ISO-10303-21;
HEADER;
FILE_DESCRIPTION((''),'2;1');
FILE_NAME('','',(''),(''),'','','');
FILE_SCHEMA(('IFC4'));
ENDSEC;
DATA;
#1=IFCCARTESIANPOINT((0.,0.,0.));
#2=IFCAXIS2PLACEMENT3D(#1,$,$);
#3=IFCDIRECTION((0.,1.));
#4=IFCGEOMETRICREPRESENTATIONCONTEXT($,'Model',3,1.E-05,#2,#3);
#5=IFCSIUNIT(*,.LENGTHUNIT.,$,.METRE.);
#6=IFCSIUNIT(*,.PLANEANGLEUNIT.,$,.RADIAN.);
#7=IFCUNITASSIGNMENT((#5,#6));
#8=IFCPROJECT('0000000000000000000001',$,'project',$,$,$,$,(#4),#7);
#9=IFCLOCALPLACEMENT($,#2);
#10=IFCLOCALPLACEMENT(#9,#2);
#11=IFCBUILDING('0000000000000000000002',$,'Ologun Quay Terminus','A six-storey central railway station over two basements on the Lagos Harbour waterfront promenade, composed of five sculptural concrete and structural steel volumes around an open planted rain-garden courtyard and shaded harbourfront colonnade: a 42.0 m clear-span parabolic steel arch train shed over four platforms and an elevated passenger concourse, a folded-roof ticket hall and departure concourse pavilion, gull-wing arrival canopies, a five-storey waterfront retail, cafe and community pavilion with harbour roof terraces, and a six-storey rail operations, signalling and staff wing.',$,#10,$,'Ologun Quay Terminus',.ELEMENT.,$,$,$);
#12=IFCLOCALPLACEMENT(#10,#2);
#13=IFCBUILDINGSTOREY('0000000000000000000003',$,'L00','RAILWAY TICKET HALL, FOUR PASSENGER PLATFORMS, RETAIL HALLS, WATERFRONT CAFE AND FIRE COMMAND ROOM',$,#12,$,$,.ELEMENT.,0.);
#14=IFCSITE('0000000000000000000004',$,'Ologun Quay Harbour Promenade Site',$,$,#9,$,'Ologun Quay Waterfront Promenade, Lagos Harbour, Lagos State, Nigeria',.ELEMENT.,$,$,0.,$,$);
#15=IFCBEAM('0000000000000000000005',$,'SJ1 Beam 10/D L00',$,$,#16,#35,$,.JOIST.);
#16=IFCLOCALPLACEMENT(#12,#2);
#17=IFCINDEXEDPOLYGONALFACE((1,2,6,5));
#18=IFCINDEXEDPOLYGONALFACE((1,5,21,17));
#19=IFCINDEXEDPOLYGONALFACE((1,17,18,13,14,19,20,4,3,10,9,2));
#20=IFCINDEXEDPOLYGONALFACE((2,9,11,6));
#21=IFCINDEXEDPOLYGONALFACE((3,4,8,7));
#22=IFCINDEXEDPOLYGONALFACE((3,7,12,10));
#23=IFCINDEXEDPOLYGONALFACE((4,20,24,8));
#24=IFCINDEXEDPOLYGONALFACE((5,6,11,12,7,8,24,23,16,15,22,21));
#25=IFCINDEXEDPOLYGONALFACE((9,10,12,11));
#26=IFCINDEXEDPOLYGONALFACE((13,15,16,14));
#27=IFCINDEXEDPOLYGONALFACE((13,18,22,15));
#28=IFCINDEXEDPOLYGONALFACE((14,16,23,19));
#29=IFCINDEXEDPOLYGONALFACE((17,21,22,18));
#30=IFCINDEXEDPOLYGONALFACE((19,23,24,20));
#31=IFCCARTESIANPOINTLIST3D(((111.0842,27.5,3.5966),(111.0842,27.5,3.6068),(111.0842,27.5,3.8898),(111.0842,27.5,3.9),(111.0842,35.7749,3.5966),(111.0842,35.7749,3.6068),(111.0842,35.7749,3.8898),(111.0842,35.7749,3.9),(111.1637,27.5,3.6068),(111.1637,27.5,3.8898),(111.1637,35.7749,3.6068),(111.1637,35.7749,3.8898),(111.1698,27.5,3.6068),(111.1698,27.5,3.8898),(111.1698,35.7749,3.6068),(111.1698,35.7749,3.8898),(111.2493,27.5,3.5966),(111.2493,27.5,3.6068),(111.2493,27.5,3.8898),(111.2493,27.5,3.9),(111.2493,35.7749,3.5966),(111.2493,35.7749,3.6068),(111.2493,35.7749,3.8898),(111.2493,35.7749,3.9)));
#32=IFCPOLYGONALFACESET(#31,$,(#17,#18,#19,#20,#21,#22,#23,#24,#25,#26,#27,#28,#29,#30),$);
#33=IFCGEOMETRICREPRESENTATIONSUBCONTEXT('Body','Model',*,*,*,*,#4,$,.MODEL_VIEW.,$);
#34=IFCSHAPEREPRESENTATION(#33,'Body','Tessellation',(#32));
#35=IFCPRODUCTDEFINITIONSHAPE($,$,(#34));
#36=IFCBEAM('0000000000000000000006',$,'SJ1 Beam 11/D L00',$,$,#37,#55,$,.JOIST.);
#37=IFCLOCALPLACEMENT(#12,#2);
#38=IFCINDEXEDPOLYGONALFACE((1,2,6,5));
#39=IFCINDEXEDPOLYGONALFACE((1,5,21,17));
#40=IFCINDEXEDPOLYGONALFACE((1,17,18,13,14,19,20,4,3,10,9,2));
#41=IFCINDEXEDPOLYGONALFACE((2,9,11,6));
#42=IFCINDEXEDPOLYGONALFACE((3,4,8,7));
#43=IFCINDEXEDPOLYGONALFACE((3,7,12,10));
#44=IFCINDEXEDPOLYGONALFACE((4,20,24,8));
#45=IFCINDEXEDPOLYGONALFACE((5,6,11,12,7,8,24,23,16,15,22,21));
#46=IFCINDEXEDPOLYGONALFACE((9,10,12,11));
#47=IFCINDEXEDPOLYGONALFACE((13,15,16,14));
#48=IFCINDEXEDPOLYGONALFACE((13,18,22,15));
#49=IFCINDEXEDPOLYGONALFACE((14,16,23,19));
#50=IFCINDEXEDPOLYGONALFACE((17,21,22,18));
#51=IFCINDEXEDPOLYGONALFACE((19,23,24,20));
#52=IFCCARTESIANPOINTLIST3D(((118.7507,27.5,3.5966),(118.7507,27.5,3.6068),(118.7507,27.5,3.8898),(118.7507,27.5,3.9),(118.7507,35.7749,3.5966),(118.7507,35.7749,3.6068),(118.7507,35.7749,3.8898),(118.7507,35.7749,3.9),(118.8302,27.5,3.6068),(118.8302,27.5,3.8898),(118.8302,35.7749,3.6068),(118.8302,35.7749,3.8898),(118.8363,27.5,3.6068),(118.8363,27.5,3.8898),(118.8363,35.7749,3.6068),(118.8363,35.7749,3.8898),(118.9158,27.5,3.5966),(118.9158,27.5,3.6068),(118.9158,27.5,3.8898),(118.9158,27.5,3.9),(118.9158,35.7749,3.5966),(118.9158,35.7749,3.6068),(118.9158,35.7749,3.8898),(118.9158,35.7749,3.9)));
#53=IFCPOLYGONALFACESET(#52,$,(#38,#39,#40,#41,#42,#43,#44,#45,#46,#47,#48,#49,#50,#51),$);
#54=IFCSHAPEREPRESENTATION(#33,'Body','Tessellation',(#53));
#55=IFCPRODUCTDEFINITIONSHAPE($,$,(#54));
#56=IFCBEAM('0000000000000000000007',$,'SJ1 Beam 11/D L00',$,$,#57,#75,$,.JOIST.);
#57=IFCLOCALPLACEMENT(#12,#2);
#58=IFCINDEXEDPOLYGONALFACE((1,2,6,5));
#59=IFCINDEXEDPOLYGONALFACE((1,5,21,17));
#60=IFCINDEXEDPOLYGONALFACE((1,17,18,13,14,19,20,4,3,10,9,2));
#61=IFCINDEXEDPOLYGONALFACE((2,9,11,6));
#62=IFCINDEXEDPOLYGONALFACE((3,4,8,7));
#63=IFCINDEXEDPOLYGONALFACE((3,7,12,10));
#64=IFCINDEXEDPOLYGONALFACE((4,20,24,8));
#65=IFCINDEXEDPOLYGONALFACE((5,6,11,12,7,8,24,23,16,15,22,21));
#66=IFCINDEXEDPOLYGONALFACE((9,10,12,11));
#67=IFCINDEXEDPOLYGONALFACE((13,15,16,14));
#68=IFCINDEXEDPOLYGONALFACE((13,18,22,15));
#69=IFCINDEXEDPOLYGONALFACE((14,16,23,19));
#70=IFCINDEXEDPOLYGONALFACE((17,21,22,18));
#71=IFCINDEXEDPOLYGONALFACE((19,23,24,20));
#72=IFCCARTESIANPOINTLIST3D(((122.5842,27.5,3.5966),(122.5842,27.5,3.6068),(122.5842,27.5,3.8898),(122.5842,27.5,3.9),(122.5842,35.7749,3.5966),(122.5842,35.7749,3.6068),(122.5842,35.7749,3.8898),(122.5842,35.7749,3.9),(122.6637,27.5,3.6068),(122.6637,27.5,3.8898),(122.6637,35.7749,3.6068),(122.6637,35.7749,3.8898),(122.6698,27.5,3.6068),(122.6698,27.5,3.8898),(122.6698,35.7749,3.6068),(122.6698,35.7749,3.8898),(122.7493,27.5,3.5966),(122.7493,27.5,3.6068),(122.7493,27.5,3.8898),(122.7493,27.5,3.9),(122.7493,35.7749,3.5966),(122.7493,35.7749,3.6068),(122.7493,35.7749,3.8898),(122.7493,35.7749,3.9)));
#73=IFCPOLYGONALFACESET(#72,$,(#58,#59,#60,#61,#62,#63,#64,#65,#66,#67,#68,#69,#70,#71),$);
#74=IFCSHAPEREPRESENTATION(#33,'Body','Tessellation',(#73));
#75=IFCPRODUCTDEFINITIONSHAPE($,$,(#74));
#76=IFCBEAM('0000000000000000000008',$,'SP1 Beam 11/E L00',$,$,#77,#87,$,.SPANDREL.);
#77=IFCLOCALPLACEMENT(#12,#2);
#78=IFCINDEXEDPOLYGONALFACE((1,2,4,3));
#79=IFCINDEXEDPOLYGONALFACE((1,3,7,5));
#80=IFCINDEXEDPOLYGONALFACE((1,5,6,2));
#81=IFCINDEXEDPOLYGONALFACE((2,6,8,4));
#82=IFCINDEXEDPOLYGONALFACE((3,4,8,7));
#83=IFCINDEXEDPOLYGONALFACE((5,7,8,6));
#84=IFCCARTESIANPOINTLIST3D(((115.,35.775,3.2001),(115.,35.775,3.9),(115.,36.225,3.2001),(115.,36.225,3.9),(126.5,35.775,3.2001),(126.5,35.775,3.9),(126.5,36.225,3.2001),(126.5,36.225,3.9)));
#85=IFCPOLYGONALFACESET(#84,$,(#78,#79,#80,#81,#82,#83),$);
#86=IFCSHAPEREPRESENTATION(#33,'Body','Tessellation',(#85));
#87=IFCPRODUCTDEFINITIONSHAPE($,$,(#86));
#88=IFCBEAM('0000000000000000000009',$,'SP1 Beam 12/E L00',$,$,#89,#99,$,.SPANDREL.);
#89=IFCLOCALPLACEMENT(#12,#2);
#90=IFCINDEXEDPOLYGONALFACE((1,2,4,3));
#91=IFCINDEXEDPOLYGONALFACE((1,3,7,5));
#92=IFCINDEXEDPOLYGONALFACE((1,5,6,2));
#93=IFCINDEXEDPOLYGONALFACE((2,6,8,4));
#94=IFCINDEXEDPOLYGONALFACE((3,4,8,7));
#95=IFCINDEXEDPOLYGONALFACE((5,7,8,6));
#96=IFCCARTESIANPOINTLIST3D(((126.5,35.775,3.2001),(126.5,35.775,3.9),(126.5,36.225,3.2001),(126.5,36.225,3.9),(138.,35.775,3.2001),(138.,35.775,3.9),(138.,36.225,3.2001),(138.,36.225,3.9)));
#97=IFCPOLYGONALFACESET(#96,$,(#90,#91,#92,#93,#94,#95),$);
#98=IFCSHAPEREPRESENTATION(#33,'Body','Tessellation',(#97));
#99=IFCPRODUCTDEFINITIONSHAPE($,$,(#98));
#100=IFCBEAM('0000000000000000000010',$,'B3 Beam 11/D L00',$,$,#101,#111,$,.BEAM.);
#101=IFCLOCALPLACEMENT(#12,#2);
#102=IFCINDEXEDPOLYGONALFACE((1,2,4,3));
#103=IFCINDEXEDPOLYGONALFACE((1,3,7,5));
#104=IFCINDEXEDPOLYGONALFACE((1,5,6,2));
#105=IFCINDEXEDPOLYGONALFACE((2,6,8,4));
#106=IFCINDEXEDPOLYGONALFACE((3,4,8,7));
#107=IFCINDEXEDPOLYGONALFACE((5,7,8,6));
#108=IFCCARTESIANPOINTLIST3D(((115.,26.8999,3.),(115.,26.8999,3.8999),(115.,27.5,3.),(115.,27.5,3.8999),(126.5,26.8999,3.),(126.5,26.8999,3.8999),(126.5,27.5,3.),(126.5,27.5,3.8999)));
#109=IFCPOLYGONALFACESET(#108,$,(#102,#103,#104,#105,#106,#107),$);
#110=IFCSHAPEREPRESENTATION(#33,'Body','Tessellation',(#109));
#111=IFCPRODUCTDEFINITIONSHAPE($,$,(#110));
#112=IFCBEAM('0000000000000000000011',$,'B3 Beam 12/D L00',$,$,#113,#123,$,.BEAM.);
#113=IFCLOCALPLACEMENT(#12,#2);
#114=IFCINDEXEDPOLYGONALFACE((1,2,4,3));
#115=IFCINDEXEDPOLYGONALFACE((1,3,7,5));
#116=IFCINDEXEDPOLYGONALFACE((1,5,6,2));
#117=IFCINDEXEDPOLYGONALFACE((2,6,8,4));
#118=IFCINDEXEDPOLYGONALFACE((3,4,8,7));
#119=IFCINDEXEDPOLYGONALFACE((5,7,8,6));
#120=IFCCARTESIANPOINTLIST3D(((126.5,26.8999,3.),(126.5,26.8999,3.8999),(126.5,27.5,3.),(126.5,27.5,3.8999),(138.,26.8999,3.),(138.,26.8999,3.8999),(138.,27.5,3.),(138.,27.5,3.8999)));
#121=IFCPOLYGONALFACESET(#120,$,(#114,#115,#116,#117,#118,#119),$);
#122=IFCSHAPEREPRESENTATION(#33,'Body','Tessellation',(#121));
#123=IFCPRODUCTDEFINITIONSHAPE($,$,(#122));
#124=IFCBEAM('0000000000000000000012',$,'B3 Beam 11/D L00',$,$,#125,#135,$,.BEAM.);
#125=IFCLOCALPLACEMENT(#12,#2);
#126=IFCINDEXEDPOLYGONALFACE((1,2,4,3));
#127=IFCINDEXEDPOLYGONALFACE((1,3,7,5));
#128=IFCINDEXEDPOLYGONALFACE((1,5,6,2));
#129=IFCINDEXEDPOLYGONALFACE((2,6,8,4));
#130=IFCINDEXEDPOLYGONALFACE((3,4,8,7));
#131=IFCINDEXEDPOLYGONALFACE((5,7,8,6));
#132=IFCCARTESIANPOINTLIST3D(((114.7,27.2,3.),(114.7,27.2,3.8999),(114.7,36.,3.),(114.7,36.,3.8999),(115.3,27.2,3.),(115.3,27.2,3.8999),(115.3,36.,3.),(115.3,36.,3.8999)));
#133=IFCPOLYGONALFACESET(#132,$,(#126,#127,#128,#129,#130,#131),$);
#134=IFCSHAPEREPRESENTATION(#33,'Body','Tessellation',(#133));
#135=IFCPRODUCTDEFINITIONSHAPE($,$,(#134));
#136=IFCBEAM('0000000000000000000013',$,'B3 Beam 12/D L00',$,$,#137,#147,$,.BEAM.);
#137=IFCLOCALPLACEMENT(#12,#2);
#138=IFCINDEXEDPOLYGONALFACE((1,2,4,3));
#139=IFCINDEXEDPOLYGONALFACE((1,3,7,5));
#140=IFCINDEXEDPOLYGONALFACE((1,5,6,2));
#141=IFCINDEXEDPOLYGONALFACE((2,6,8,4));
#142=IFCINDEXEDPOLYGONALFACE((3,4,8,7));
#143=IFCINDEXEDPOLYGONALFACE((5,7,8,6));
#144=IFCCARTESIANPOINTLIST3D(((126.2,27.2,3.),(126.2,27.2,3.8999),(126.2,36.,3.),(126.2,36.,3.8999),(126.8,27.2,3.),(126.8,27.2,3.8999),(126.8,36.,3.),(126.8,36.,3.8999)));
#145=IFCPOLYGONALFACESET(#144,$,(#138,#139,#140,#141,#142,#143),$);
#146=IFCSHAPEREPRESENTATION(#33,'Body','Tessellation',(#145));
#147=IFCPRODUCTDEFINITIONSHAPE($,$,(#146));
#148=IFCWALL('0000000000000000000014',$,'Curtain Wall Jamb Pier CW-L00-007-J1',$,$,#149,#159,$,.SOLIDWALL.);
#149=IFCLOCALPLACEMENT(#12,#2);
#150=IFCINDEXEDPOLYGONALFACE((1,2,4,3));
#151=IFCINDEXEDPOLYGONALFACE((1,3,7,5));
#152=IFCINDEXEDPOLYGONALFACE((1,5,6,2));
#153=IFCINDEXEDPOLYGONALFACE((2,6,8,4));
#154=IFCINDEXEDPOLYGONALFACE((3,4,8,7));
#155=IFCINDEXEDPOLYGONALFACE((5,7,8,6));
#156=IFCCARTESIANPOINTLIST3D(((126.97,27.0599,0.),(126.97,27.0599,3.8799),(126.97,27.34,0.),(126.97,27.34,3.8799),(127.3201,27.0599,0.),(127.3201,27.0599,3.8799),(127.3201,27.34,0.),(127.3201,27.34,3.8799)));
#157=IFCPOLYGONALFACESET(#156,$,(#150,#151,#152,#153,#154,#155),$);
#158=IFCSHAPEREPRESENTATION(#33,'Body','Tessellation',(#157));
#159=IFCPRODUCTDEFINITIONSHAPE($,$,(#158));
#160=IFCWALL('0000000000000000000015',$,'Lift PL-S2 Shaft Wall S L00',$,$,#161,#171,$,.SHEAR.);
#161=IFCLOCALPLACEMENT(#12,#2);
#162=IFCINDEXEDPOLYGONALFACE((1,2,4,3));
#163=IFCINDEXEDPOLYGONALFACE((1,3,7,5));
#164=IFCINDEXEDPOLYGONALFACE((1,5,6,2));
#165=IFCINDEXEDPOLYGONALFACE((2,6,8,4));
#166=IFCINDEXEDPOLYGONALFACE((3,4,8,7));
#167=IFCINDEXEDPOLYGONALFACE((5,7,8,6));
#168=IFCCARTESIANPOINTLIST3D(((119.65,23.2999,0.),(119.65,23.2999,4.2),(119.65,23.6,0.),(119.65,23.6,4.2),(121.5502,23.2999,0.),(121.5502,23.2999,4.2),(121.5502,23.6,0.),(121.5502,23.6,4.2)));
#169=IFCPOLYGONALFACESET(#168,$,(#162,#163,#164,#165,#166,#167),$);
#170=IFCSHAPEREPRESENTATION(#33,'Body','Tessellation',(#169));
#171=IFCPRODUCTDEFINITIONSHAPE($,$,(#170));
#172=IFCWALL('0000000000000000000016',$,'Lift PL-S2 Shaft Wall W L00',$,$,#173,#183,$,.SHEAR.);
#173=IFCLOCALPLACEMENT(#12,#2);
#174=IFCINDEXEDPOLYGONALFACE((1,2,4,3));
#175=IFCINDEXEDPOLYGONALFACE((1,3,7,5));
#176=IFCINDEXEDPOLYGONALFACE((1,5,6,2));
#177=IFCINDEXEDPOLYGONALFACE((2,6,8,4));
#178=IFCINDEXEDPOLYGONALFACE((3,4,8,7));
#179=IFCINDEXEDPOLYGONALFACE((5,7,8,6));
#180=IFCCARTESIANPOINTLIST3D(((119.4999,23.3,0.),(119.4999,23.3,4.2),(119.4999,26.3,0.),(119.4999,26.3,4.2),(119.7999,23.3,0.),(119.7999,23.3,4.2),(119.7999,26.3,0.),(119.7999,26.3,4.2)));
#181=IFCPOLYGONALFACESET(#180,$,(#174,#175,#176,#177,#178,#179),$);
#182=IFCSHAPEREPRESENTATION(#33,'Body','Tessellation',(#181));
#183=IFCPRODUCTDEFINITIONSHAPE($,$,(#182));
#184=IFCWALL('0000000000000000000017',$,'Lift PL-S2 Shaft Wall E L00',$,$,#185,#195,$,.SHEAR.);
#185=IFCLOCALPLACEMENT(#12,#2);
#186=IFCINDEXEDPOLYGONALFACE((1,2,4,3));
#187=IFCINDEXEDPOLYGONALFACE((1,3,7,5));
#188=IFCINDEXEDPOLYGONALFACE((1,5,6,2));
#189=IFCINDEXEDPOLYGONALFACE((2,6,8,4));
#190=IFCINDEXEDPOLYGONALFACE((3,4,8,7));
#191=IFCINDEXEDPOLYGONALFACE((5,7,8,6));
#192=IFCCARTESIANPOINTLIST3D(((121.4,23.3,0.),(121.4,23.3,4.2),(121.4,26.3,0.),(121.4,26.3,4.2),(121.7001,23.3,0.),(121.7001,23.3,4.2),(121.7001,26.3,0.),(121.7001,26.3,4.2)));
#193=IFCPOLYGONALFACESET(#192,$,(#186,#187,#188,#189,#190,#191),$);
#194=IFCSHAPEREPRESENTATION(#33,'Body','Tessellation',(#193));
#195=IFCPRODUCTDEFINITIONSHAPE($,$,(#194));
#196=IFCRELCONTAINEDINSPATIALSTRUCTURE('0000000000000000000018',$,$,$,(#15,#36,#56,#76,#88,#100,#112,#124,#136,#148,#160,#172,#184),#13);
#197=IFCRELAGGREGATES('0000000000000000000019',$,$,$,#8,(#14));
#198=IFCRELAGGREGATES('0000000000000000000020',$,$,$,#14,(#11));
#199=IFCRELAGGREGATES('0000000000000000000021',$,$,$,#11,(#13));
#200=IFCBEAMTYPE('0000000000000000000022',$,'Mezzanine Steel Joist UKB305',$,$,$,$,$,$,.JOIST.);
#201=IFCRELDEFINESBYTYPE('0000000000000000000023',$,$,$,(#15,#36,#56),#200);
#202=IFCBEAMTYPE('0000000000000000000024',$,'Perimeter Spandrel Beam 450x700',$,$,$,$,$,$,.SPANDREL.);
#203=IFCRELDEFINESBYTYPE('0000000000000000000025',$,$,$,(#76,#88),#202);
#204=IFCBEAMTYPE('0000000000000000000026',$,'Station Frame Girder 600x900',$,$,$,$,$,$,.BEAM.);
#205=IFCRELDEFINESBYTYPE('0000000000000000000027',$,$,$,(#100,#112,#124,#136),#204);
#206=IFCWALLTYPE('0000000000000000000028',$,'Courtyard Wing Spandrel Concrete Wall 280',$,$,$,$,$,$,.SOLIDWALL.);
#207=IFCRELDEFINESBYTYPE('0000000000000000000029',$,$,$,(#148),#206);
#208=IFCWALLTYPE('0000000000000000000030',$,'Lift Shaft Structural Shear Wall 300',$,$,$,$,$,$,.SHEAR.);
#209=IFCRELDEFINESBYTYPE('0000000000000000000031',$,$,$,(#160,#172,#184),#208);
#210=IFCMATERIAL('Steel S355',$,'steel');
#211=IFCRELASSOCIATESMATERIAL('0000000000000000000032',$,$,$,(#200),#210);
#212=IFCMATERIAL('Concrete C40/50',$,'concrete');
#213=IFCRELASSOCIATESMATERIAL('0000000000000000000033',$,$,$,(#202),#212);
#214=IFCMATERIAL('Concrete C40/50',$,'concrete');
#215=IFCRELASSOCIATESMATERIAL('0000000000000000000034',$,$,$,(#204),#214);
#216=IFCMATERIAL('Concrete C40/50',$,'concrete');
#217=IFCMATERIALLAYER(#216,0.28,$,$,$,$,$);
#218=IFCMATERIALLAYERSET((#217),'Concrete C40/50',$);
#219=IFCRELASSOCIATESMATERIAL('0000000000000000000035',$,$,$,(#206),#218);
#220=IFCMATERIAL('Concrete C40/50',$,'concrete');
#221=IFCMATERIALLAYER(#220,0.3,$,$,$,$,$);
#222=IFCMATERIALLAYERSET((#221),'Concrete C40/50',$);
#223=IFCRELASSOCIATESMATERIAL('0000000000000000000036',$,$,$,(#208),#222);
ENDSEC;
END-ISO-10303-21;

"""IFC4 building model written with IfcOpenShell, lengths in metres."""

from ifc_helpers import new_model, si_unit, direction, frame, frame_2d, origin, origin_2d, place, context, subcontext, project, spatial, rectangle, i_section, extrude, material, layer, layer_set, material_profile, profile_set, type_object, element, save


model = new_model("IFC4")

# Units and contexts
model_context = context("Model", 3, precision=1e-05, world=origin(), true_north=direction((0.0, 1.0)))
body_context = subcontext(model_context, "Body", "Model", "MODEL_VIEW")
ifc_project = project(units=[si_unit("LENGTHUNIT", "METRE"), si_unit("PLANEANGLEUNIT", "RADIAN")], contexts=[model_context])

# Site, building, storey
site_placement = place(None, origin())
site = spatial("IfcSite", under=ifc_project, at=site_placement, Name="Ologun Quay Harbour Promenade Site", LongName="Ologun Quay Waterfront Promenade, Lagos Harbour, Lagos State, Nigeria", CompositionType="ELEMENT", RefElevation=0.0)
building_placement = place(site_placement, origin())
building = spatial("IfcBuilding", under=site, at=building_placement, Name="Ologun Quay Terminus", Description="A six-storey central railway station over two basements on the Lagos Harbour waterfront promenade, composed of five sculptural concrete and structural steel volumes around an open planted rain-garden courtyard and shaded harbourfront colonnade: a 42.0 m clear-span parabolic steel arch train shed over four platforms and an elevated passenger concourse, a folded-roof ticket hall and departure concourse pavilion, gull-wing arrival canopies, a five-storey waterfront retail, cafe and community pavilion with harbour roof terraces, and a six-storey rail operations, signalling and staff wing.", LongName="Ologun Quay Terminus", CompositionType="ELEMENT")
storey_placement = place(building_placement, origin())
storey = spatial("IfcBuildingStorey", under=building, at=storey_placement, Name="L00", Description="RAILWAY TICKET HALL, FOUR PASSENGER PLATFORMS, RETAIL HALLS, WATERFRONT CAFE AND FIRE COMMAND ROOM", CompositionType="ELEMENT", Elevation=0.0)

# Beams
ifc_material_1 = material(Name="Steel S355", Category="steel")
ifc_material_profile_1 = material_profile(ifc_material_1, i_section(OverallWidth=0.165, OverallDepth=0.3035, WebThickness=0.0061, FlangeThickness=0.0103, at=origin_2d()), Name="UKB 305x165x40")
ifc_profile_set_1 = profile_set([ifc_material_profile_1], Name="Steel S355")
beam_type_1 = type_object("IfcBeamType", Name="Mezzanine Steel Joist UKB305", PredefinedType="JOIST", material=ifc_profile_set_1)
for number, where, z_axis, x_axis, name in (
    (1, (111.1667, 27.5, 3.7483), (0.0, 1.0, 0.0), (-1.0, 0.0, 0.0), "SJ1 Beam 10/D L00"),
    (2, (118.8333, 27.5, 3.7483), (0.0, 1.0, 0.0), (-1.0, 0.0, 0.0), "SJ1 Beam 11/D L00"),
    (3, (122.6667, 27.5, 3.7483), (0.0, 1.0, 0.0), (-1.0, 0.0, 0.0), "SJ1 Beam 11/D L00"),
):
    element("IfcBeam", number, at=place(storey_placement, frame(where, z_axis=z_axis, x_axis=x_axis)), inside=storey, type_object=beam_type_1, Name=name, PredefinedType="JOIST", context=body_context, shape_type="SweptSolid", body=[
        extrude(i_section(OverallWidth=0.165, OverallDepth=0.3035, WebThickness=0.0061, FlangeThickness=0.0103, at=origin_2d()), origin(), (0.0, 0.0, 1.0), 8.2749),
    ])
ifc_material_2 = material(Name="Concrete C40/50", Category="concrete")
ifc_material_profile_2 = material_profile(ifc_material_2, rectangle(XDim=0.45, YDim=0.7, at=origin_2d()), Name="RC 450x700")
ifc_profile_set_2 = profile_set([ifc_material_profile_2], Name="Concrete C40/50")
beam_type_2 = type_object("IfcBeamType", Name="Perimeter Spandrel Beam 450x700", PredefinedType="SPANDREL", material=ifc_profile_set_2)
for number, where, z_axis, x_axis, name in (
    (4, (115.0, 36.0, 3.55), (1.0, 0.0, 0.0), (0.0, 1.0, 0.0), "SP1 Beam 11/E L00"),
    (5, (126.5, 36.0, 3.55), (1.0, 0.0, 0.0), (0.0, 1.0, 0.0), "SP1 Beam 12/E L00"),
):
    element("IfcBeam", number, at=place(storey_placement, frame(where, z_axis=z_axis, x_axis=x_axis)), inside=storey, type_object=beam_type_2, Name=name, PredefinedType="SPANDREL", context=body_context, shape_type="SweptSolid", body=[
        extrude(rectangle(XDim=0.45, YDim=0.7, at=origin_2d()), origin(), (0.0, 0.0, 1.0), 11.5),
    ])
ifc_material_3 = material(Name="Concrete C40/50", Category="concrete")
ifc_material_profile_3 = material_profile(ifc_material_3, rectangle(XDim=0.6001, YDim=0.8999, at=origin_2d()), Name="RC 600x900")
ifc_profile_set_3 = profile_set([ifc_material_profile_3], Name="Concrete C40/50")
beam_type_3 = type_object("IfcBeamType", Name="Station Frame Girder 600x900", PredefinedType="BEAM", material=ifc_profile_set_3)
for number, where, z_axis, x_axis, name in (
    (6, (115.0, 27.2, 3.45), (1.0, 0.0, 0.0), (0.0, 1.0, 0.0), "B3 Beam 11/D L00"),
    (7, (126.5, 27.2, 3.45), (1.0, 0.0, 0.0), (0.0, 1.0, 0.0), "B3 Beam 12/D L00"),
):
    element("IfcBeam", number, at=place(storey_placement, frame(where, z_axis=z_axis, x_axis=x_axis)), inside=storey, type_object=beam_type_3, Name=name, PredefinedType="BEAM", context=body_context, shape_type="SweptSolid", body=[
        extrude(rectangle(XDim=0.6001, YDim=0.8999, at=origin_2d()), origin(), (0.0, 0.0, 1.0), 11.5),
    ])
for number, where, z_axis, x_axis, name in (
    (8, (115.0, 27.2, 3.45), (0.0, 1.0, 0.0), (-1.0, 0.0, 0.0), "B3 Beam 11/D L00"),
    (9, (126.5, 27.2, 3.45), (0.0, 1.0, 0.0), (-1.0, 0.0, 0.0), "B3 Beam 12/D L00"),
):
    element("IfcBeam", number, at=place(storey_placement, frame(where, z_axis=z_axis, x_axis=x_axis)), inside=storey, type_object=beam_type_3, Name=name, PredefinedType="BEAM", context=body_context, shape_type="SweptSolid", body=[
        extrude(rectangle(XDim=0.6001, YDim=0.8999, at=origin_2d()), origin(), (0.0, 0.0, 1.0), 8.8),
    ])

# Walls
ifc_material_4 = material(Name="Concrete C40/50", Category="concrete")
ifc_layer_1 = layer(ifc_material_4, 0.28)
ifc_layer_set_1 = layer_set([ifc_layer_1], Name="Concrete C40/50")
wall_type_1 = type_object("IfcWallType", Name="Courtyard Wing Spandrel Concrete Wall 280", PredefinedType="SOLIDWALL", material=ifc_layer_set_1)
wall_1_placement = place(storey_placement, frame((126.97, 27.2, 0.0), z_axis=(0.0, 0.0, 1.0), x_axis=(1.0, 0.0, 0.0)))
element("IfcWall", 10, at=wall_1_placement, inside=storey, type_object=wall_type_1, Name="Curtain Wall Jamb Pier CW-L00-007-J1", PredefinedType="SOLIDWALL", context=body_context, shape_type="SweptSolid", body=[
    extrude(rectangle(XDim=0.3501, YDim=0.28, at=frame_2d((0.175, 0.0))), origin(), (0.0, 0.0, 1.0), 3.8799),
])
ifc_material_5 = material(Name="Concrete C40/50", Category="concrete")
ifc_layer_2 = layer(ifc_material_5, 0.3)
ifc_layer_set_2 = layer_set([ifc_layer_2], Name="Concrete C40/50")
wall_type_2 = type_object("IfcWallType", Name="Lift Shaft Structural Shear Wall 300", PredefinedType="SHEAR", material=ifc_layer_set_2)
wall_2_placement = place(storey_placement, frame((119.6499, 23.45, 0.0), z_axis=(0.0, 0.0, 1.0), x_axis=(1.0, 0.0, 0.0)))
element("IfcWall", 11, at=wall_2_placement, inside=storey, type_object=wall_type_2, Name="Lift PL-S2 Shaft Wall S L00", PredefinedType="SHEAR", context=body_context, shape_type="SweptSolid", body=[
    extrude(rectangle(XDim=1.9001, YDim=0.3, at=frame_2d((0.9502, 0.0))), origin(), (0.0, 0.0, 1.0), 4.2),
])

# Walls
for number, where, z_axis, x_axis, name in (
    (12, (119.6499, 23.3, 0.0), (0.0, 0.0, 1.0), (0.0, 1.0, 0.0), "Lift PL-S2 Shaft Wall W L00"),
    (13, (121.55, 23.3, 0.0), (0.0, 0.0, 1.0), (0.0, 1.0, 0.0), "Lift PL-S2 Shaft Wall E L00"),
):
    element("IfcWall", number, at=place(storey_placement, frame(where, z_axis=z_axis, x_axis=x_axis)), inside=storey, type_object=wall_type_2, Name=name, PredefinedType="SHEAR", context=body_context, shape_type="SweptSolid", body=[
        extrude(rectangle(XDim=3.0, YDim=0.3, at=frame_2d((1.5, 0.0))), origin(), (0.0, 0.0, 1.0), 4.2),
    ])

save(model, "model.ifc")
